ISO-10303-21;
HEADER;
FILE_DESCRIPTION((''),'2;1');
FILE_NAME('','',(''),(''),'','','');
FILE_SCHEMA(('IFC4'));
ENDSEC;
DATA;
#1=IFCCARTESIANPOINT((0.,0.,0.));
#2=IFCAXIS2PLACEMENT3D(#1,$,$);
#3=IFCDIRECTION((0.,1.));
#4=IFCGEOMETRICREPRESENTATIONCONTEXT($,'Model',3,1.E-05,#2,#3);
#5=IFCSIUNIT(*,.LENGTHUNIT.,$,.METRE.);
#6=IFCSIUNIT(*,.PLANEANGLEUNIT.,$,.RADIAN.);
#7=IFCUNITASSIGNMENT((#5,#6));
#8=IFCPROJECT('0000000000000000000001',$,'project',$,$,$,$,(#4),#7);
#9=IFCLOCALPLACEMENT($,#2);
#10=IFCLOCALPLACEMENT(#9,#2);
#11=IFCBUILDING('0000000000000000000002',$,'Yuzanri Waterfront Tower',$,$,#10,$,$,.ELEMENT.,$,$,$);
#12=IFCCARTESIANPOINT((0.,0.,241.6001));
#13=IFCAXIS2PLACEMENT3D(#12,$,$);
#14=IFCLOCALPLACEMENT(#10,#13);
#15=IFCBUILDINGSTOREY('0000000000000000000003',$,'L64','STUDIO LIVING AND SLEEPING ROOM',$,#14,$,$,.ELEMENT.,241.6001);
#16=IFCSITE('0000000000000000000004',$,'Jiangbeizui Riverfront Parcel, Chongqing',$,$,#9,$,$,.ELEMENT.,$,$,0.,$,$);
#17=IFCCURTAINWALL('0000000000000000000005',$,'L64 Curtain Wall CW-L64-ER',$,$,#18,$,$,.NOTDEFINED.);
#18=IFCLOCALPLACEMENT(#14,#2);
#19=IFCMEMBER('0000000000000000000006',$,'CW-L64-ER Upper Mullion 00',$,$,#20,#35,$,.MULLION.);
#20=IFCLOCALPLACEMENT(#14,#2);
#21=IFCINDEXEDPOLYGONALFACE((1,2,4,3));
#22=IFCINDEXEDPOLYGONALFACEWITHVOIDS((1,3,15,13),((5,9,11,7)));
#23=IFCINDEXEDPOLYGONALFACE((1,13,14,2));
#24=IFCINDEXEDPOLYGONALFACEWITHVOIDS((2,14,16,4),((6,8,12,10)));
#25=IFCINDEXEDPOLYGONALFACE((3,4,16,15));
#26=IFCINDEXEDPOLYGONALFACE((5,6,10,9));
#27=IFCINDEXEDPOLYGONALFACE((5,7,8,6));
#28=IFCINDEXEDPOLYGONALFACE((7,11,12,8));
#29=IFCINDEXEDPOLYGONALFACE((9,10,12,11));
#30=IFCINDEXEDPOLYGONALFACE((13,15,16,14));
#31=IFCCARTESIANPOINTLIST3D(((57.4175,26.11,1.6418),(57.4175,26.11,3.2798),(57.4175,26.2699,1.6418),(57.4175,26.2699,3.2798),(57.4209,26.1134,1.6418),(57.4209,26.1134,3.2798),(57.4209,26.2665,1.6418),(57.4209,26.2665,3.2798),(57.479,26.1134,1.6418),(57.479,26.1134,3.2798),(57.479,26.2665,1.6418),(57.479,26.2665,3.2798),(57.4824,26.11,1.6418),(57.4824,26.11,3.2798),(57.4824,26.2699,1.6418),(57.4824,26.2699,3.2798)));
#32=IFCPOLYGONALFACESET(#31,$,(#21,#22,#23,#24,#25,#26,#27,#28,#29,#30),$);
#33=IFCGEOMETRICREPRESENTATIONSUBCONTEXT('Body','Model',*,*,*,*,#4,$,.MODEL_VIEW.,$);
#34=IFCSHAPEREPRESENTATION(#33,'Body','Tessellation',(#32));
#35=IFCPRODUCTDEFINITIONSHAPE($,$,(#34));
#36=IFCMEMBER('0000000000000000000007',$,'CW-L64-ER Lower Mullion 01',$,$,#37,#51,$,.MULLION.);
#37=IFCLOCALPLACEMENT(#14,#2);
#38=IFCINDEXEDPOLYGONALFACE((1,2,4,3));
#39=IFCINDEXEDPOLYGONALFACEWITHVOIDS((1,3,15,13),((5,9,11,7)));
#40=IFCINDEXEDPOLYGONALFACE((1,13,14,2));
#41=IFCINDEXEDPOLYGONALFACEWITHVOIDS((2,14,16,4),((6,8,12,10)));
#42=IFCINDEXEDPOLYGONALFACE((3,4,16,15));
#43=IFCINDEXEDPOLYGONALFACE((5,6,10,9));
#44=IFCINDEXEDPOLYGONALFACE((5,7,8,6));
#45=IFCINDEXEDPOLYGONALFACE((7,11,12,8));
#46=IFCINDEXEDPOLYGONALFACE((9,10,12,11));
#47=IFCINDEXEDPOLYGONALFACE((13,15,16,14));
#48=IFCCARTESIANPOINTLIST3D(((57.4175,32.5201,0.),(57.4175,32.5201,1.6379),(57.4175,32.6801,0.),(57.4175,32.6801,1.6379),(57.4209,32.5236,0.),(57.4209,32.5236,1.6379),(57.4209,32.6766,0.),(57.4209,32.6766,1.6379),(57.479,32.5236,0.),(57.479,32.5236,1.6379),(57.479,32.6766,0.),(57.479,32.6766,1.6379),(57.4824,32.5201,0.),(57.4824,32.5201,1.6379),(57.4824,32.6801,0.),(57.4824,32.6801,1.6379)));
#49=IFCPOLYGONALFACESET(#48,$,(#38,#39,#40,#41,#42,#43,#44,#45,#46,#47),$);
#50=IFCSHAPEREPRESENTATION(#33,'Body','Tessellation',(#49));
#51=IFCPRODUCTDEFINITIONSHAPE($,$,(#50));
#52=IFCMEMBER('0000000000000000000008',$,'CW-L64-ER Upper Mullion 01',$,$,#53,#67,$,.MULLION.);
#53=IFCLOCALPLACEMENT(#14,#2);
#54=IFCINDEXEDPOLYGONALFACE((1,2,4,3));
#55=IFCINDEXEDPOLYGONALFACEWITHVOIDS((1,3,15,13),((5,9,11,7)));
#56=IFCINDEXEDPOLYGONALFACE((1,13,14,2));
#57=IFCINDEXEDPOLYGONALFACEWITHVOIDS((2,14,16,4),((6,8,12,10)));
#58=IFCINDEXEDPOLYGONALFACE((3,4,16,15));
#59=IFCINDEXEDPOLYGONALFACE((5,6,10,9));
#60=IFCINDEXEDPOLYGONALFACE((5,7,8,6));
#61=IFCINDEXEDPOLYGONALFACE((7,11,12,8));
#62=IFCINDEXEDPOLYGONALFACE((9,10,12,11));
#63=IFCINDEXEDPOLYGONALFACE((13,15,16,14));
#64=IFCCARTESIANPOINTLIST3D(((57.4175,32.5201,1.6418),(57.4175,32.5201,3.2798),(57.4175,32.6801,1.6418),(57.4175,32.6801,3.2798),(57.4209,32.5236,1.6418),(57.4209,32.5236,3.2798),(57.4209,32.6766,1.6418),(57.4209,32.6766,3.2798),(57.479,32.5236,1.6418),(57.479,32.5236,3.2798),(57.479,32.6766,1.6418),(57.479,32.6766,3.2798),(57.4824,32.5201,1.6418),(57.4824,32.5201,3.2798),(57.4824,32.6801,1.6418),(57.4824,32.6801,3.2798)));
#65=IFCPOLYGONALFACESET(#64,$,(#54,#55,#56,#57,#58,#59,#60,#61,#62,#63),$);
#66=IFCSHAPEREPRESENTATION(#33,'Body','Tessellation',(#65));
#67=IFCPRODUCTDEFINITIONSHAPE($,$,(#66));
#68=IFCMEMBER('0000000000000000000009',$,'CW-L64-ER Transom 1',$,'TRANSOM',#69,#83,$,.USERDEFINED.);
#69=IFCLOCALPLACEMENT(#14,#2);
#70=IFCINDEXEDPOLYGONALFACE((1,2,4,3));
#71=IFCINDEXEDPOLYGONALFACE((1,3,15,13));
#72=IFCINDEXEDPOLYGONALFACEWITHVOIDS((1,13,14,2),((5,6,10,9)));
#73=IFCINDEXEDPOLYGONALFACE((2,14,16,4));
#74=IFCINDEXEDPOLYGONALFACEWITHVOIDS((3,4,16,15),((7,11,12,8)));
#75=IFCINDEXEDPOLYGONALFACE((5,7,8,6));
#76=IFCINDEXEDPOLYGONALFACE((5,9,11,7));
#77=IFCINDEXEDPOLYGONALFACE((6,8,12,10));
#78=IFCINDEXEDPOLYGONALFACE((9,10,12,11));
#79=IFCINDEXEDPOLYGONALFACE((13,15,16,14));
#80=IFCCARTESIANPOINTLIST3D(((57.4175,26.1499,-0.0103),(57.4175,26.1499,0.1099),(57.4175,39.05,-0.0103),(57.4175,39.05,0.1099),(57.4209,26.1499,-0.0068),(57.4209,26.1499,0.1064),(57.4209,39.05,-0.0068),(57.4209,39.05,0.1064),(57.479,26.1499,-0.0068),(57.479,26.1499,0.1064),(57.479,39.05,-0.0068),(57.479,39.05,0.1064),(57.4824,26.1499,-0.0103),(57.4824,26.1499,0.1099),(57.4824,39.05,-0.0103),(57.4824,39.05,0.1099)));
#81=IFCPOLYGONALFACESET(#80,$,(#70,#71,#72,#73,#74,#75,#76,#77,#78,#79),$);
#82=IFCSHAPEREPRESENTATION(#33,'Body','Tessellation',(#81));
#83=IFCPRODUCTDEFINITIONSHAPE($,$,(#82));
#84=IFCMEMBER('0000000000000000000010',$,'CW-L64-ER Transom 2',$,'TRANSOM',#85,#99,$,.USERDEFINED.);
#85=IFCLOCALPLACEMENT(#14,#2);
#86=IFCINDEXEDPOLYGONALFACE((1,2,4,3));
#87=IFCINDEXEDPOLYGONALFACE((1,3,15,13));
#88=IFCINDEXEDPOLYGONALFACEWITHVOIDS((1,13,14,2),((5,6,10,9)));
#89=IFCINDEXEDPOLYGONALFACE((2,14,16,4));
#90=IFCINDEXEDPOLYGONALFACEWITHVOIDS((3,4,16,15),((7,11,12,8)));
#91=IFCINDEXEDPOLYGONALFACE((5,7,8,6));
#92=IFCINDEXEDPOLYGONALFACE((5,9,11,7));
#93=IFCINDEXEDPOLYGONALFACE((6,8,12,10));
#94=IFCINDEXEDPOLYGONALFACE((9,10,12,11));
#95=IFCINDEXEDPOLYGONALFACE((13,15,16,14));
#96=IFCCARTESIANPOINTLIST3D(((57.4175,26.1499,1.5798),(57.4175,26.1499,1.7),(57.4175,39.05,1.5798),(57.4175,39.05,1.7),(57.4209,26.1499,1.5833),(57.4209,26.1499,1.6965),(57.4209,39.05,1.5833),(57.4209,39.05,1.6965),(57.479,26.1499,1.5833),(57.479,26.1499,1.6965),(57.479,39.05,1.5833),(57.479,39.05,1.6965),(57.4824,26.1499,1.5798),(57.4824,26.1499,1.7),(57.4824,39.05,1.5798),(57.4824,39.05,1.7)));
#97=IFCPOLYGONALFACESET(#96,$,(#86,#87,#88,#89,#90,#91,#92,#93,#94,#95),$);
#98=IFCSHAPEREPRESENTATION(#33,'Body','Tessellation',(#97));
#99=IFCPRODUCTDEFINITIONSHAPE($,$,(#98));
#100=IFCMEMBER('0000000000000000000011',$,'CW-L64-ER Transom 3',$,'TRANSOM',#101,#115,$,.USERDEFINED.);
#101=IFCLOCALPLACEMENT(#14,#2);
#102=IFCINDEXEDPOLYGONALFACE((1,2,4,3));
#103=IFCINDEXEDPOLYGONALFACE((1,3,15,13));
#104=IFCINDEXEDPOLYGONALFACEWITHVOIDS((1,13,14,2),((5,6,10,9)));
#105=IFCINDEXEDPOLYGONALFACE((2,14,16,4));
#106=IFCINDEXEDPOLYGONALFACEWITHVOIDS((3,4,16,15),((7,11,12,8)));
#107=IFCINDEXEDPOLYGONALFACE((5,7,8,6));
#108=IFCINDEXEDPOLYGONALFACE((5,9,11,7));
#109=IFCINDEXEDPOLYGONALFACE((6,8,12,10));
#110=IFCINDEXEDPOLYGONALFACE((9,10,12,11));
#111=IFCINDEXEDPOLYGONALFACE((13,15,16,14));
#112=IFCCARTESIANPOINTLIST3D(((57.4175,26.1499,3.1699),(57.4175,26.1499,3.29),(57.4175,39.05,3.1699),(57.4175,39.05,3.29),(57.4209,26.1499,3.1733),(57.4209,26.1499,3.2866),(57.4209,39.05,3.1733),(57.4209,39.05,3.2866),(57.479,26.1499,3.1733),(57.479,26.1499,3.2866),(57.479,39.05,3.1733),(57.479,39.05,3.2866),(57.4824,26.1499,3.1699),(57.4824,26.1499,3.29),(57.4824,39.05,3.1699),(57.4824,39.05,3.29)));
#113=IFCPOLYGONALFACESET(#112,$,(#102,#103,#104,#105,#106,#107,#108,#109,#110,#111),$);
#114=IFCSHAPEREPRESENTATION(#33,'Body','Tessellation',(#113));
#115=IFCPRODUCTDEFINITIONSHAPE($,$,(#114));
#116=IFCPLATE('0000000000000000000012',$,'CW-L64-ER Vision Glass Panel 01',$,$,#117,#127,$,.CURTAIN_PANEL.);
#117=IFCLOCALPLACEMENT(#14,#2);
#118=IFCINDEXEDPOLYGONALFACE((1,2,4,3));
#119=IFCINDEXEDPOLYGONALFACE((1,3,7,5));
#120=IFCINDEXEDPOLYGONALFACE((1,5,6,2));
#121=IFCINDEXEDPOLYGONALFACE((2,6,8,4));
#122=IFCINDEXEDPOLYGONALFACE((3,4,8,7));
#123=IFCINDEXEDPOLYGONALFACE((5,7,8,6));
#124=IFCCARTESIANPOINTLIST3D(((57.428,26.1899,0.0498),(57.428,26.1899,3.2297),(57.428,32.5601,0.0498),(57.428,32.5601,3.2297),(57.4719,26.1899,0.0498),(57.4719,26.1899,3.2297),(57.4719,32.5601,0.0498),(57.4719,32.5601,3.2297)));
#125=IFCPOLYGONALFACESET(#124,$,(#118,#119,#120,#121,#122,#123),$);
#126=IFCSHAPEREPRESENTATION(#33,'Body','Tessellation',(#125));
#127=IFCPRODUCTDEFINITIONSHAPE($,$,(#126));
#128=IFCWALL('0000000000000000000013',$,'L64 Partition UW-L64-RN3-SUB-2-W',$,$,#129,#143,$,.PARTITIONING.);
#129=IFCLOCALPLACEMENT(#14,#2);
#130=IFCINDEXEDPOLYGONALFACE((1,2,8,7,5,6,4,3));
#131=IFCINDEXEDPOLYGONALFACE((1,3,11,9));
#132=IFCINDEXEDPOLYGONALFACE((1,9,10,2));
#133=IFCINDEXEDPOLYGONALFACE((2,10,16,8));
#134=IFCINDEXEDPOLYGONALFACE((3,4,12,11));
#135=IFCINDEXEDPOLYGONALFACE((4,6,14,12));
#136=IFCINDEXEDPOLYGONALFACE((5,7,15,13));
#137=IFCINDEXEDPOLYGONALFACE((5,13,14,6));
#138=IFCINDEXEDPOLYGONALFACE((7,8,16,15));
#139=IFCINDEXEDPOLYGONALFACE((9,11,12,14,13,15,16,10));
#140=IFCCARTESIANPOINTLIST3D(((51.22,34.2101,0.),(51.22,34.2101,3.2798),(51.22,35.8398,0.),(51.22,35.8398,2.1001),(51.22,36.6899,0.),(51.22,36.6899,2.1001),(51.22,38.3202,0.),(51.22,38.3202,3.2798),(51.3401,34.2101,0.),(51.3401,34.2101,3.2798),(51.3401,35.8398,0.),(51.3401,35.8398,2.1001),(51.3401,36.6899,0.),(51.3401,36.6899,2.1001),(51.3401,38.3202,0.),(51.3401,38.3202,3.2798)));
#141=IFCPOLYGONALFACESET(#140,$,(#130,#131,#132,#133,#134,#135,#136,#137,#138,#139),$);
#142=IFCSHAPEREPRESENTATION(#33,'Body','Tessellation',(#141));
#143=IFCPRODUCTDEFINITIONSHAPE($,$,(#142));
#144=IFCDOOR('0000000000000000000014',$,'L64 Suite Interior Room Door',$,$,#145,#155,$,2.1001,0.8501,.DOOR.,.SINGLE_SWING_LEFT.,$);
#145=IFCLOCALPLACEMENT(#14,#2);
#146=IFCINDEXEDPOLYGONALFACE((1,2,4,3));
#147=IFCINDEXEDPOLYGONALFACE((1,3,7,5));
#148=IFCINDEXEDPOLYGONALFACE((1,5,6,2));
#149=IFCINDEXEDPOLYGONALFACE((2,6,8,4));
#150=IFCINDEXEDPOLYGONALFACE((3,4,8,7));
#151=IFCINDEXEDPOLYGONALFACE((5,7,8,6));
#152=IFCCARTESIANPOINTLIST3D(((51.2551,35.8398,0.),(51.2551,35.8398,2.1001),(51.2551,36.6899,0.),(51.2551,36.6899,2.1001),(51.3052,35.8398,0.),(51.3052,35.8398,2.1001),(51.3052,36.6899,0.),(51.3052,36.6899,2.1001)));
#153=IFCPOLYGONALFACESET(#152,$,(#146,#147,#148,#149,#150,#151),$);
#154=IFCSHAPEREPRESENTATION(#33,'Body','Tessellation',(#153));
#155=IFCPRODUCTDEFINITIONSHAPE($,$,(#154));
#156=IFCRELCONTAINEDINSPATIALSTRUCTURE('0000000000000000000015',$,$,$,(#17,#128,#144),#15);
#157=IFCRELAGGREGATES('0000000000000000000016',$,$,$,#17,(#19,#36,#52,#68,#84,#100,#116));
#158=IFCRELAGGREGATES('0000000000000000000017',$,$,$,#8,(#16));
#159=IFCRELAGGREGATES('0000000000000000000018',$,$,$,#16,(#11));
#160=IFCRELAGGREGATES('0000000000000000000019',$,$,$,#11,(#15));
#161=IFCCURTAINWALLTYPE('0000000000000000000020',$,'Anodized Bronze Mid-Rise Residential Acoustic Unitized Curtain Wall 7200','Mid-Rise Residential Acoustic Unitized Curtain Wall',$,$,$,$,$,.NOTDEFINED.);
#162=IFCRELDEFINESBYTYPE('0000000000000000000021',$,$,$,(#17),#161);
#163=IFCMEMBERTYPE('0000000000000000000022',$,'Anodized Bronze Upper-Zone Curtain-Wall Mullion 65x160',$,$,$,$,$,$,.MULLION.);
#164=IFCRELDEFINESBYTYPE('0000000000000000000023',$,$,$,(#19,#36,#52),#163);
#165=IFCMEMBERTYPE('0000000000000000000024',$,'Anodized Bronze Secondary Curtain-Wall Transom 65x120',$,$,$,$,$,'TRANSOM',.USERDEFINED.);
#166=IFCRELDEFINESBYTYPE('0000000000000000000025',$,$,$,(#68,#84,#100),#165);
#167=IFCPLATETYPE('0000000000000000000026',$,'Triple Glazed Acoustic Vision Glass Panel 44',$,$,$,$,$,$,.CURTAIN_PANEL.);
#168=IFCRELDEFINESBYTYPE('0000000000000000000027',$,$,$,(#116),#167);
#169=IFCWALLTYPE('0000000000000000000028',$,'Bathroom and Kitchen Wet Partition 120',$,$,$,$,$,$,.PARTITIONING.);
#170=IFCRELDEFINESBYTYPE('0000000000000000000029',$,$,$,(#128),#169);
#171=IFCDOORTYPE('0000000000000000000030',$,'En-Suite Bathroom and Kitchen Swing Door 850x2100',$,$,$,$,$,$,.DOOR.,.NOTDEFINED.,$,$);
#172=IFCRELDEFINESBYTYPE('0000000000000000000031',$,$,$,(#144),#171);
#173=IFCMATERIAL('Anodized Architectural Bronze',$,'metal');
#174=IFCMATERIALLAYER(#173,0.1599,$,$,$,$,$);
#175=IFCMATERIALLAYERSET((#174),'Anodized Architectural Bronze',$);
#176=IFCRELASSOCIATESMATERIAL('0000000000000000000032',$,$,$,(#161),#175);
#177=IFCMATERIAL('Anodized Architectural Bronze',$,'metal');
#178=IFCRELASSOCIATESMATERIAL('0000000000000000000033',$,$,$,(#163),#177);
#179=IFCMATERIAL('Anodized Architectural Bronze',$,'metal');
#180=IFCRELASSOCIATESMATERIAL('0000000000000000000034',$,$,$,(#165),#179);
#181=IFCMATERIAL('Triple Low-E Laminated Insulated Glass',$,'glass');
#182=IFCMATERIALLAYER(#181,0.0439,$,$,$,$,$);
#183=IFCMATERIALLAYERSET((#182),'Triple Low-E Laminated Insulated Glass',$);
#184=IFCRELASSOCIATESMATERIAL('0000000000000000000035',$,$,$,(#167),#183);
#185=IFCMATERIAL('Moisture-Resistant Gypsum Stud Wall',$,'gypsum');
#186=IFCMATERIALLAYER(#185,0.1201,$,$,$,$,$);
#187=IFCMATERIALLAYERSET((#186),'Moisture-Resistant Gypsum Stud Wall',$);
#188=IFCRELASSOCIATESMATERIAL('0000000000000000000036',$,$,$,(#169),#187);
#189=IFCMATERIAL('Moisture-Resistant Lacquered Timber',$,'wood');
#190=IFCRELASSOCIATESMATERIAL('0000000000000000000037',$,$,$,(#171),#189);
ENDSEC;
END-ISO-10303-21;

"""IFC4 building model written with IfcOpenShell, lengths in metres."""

from ifc_helpers import new_model, si_unit, direction, frame, frame_2d, origin, origin_2d, place, context, subcontext, project, spatial, rectangle, hollow_rectangle, extrude, source, transform, mapped, material, layer, layer_set, material_profile, profile_set, type_object, element, fill, aggregate, save


model = new_model("IFC4")

# Units and contexts
model_context = context("Model", 3, precision=1e-05, world=origin(), true_north=direction((0.0, 1.0)))
body_context = subcontext(model_context, "Body", "Model", "MODEL_VIEW")
ifc_project = project(units=[si_unit("LENGTHUNIT", "METRE"), si_unit("PLANEANGLEUNIT", "RADIAN")], contexts=[model_context])

# Site, building, storey
site_placement = place(None, origin())
site = spatial("IfcSite", under=ifc_project, at=site_placement, Name="Jiangbeizui Riverfront Parcel, Chongqing", CompositionType="ELEMENT", RefElevation=0.0)
building_placement = place(site_placement, origin())
building = spatial("IfcBuilding", under=site, at=building_placement, Name="Yuzanri Waterfront Tower", CompositionType="ELEMENT")
storey_placement = place(building_placement, frame((0.0, 0.0, 241.6001)))
storey = spatial("IfcBuildingStorey", under=building, at=storey_placement, Name="L64", Description="STUDIO LIVING AND SLEEPING ROOM", CompositionType="ELEMENT", Elevation=241.6001)

# Curtain wall, members, plate
ifc_material_1 = material(Name="Anodized Architectural Bronze", Category="metal")
ifc_layer_1 = layer(ifc_material_1, 0.1599)
ifc_layer_set_1 = layer_set([ifc_layer_1], Name="Anodized Architectural Bronze")
curtain_wall_type = type_object("IfcCurtainWallType", Name="Anodized Bronze Mid-Rise Residential Acoustic Unitized Curtain Wall 7200", Description="Mid-Rise Residential Acoustic Unitized Curtain Wall", PredefinedType="NOTDEFINED", material=ifc_layer_set_1)
curtain_wall_placement = place(storey_placement, origin())
curtain_wall = element("IfcCurtainWall", 1, at=curtain_wall_placement, inside=storey, type_object=curtain_wall_type, Name="L64 Curtain Wall CW-L64-ER", PredefinedType="NOTDEFINED")
ifc_material_2 = material(Name="Anodized Architectural Bronze", Category="metal")
ifc_material_profile_1 = material_profile(ifc_material_2, hollow_rectangle(XDim=0.0649, YDim=0.1599, WallThickness=0.0034, at=origin_2d()), Name="CWM 65x160")
ifc_profile_set_1 = profile_set([ifc_material_profile_1], Name="Anodized Architectural Bronze")
member_type_1 = type_object("IfcMemberType", Name="Anodized Bronze Upper-Zone Curtain-Wall Mullion 65x160", PredefinedType="MULLION", material=ifc_profile_set_1)
shared_shape_1 = source(origin(), body_context, "Body", "SweptSolid", [
    extrude(hollow_rectangle(XDim=0.0649, YDim=0.1599, WallThickness=0.0034, at=origin_2d()), origin(), (0.0, 0.0, 1.0), 1.6379),
])
member_1_placement = place(storey_placement, frame((57.45, 26.1899, 1.6418), z_axis=(0.0, 0.0, 1.0), x_axis=(1.0, 0.0, 0.0)))
member_1 = element("IfcMember", 2, at=member_1_placement, type_object=member_type_1, Name="CW-L64-ER Upper Mullion 00", PredefinedType="MULLION", context=body_context, shape_type="MappedRepresentation", body=[
    mapped(shared_shape_1, transform((0.0, 0.0, 0.0), scale=1.0)),
])
member_2_placement = place(storey_placement, frame((57.45, 32.6001, 0.0), z_axis=(0.0, 0.0, 1.0), x_axis=(1.0, 0.0, 0.0)))
member_2 = element("IfcMember", 3, at=member_2_placement, type_object=member_type_1, Name="CW-L64-ER Lower Mullion 01", PredefinedType="MULLION", context=body_context, shape_type="MappedRepresentation", body=[
    mapped(shared_shape_1, transform((0.0, 0.0, 0.0), scale=1.0)),
])
member_3_placement = place(storey_placement, frame((57.45, 32.6001, 1.6418), z_axis=(0.0, 0.0, 1.0), x_axis=(1.0, 0.0, 0.0)))
member_3 = element("IfcMember", 4, at=member_3_placement, type_object=member_type_1, Name="CW-L64-ER Upper Mullion 01", PredefinedType="MULLION", context=body_context, shape_type="MappedRepresentation", body=[
    mapped(shared_shape_1, transform((0.0, 0.0, 0.0), scale=1.0)),
])
ifc_material_3 = material(Name="Anodized Architectural Bronze", Category="metal")
ifc_material_profile_2 = material_profile(ifc_material_3, hollow_rectangle(XDim=0.0649, YDim=0.1201, WallThickness=0.0034, at=origin_2d()), Name="CWT 65x120")
ifc_profile_set_2 = profile_set([ifc_material_profile_2], Name="Anodized Architectural Bronze")
member_type_2 = type_object("IfcMemberType", Name="Anodized Bronze Secondary Curtain-Wall Transom 65x120", ElementType="TRANSOM", PredefinedType="USERDEFINED", material=ifc_profile_set_2)
shared_shape_2 = source(origin(), body_context, "Body", "SweptSolid", [
    extrude(hollow_rectangle(XDim=0.0649, YDim=0.1201, WallThickness=0.0034, at=origin_2d()), origin(), (0.0, 0.0, 1.0), 12.9001),
])
member_4_placement = place(storey_placement, frame((57.45, 26.1499, 0.0498), z_axis=(0.0, 1.0, 0.0), x_axis=(-1.0, 0.0, 0.0)))
member_4 = element("IfcMember", 5, at=member_4_placement, type_object=member_type_2, Name="CW-L64-ER Transom 1", ObjectType="TRANSOM", PredefinedType="USERDEFINED", context=body_context, shape_type="MappedRepresentation", body=[
    mapped(shared_shape_2, transform((0.0, 0.0, 0.0), scale=1.0)),
])
member_5_placement = place(storey_placement, frame((57.45, 26.1499, 1.6399), z_axis=(0.0, 1.0, 0.0), x_axis=(-1.0, 0.0, 0.0)))
member_5 = element("IfcMember", 6, at=member_5_placement, type_object=member_type_2, Name="CW-L64-ER Transom 2", ObjectType="TRANSOM", PredefinedType="USERDEFINED", context=body_context, shape_type="MappedRepresentation", body=[
    mapped(shared_shape_2, transform((0.0, 0.0, 0.0), scale=1.0)),
])
member_6_placement = place(storey_placement, frame((57.45, 26.1499, 3.23), z_axis=(0.0, 1.0, 0.0), x_axis=(-1.0, 0.0, 0.0)))
member_6 = element("IfcMember", 7, at=member_6_placement, type_object=member_type_2, Name="CW-L64-ER Transom 3", ObjectType="TRANSOM", PredefinedType="USERDEFINED", context=body_context, shape_type="MappedRepresentation", body=[
    mapped(shared_shape_2, transform((0.0, 0.0, 0.0), scale=1.0)),
])
ifc_material_4 = material(Name="Triple Low-E Laminated Insulated Glass", Category="glass")
ifc_layer_2 = layer(ifc_material_4, 0.0439)
ifc_layer_set_2 = layer_set([ifc_layer_2], Name="Triple Low-E Laminated Insulated Glass")
plate_type = type_object("IfcPlateType", Name="Triple Glazed Acoustic Vision Glass Panel 44", PredefinedType="CURTAIN_PANEL", material=ifc_layer_set_2)
shared_shape_3 = source(origin(), body_context, "Body", "SweptSolid", [
    extrude(rectangle(XDim=6.3701, YDim=0.0439, at=origin_2d()), origin(), (0.0, 0.0, 1.0), 3.1799),
])
plate_placement = place(storey_placement, frame((57.45, 29.375, 0.0498), z_axis=(0.0, 0.0, 1.0), x_axis=(0.0, 1.0, 0.0)))
plate = element("IfcPlate", 8, at=plate_placement, type_object=plate_type, Name="CW-L64-ER Vision Glass Panel 01", PredefinedType="CURTAIN_PANEL", context=body_context, shape_type="MappedRepresentation", body=[
    mapped(shared_shape_3, transform((0.0, 0.0, 0.0), scale=1.0)),
])
aggregate(curtain_wall, [member_1, member_2, member_3, member_4, member_5, member_6, plate])

# Wall, opening, door
ifc_material_5 = material(Name="Moisture-Resistant Gypsum Stud Wall", Category="gypsum")
ifc_layer_3 = layer(ifc_material_5, 0.1201)
ifc_layer_set_3 = layer_set([ifc_layer_3], Name="Moisture-Resistant Gypsum Stud Wall")
wall_type_1 = type_object("IfcWallType", Name="Bathroom and Kitchen Wet Partition 120", PredefinedType="PARTITIONING", material=ifc_layer_set_3)
wall_1_placement = place(storey_placement, frame((51.28, 34.21, 0.0), z_axis=(0.0, 0.0, 1.0), x_axis=(0.0, 1.0, 0.0)))
wall_1 = element("IfcWall", 9, at=wall_1_placement, inside=storey, type_object=wall_type_1, Name="L64 Partition UW-L64-RN3-SUB-2-W", PredefinedType="PARTITIONING", context=body_context, shape_type="SweptSolid", body=[
    extrude(rectangle(XDim=4.1101, YDim=0.1201, at=frame_2d((2.0552, 0.0))), origin(), (0.0, 0.0, 1.0), 3.2798),
])
opening_1_placement = place(wall_1_placement, frame((1.6299, 0.0, 0.0)))
opening_1 = element("IfcOpeningElement", 10, at=opening_1_placement, cuts=wall_1, PredefinedType="OPENING", context=body_context, shape_type="SweptSolid", body=[
    extrude(rectangle(XDim=0.8501, YDim=2.1001, at=frame_2d((0.425, 1.05))), frame((0.0, 0.075, 0.0), z_axis=(0.0, -1.0, 0.0), x_axis=(1.0, 0.0, 0.0)), (0.0, 0.0, 1.0), 0.1499),
])
ifc_material_6 = material(Name="Moisture-Resistant Lacquered Timber", Category="wood")
door_type_1 = type_object("IfcDoorType", Name="En-Suite Bathroom and Kitchen Swing Door 850x2100", OperationType="NOTDEFINED", PredefinedType="DOOR", material=ifc_material_6)
shared_shape_4 = source(origin(), body_context, "Body", "SweptSolid", [
    extrude(rectangle(XDim=0.8501, YDim=2.1001, at=frame_2d((0.425, 1.05))), frame((0.0, 0.0249, 0.0), z_axis=(0.0, -1.0, 0.0), x_axis=(1.0, 0.0, 0.0)), (0.0, 0.0, 1.0), 0.05),
])
door_1_placement = place(opening_1_placement, origin())
door_1 = element("IfcDoor", 11, at=door_1_placement, inside=storey, type_object=door_type_1, Name="L64 Suite Interior Room Door", OperationType="SINGLE_SWING_LEFT", OverallHeight=2.1001, OverallWidth=0.8501, PredefinedType="DOOR", context=body_context, shape_type="MappedRepresentation", body=[
    mapped(shared_shape_4, transform((0.0, 0.0, 0.0), scale=1.0)),
])
fill(opening_1, door_1)

save(model, "model.ifc")
